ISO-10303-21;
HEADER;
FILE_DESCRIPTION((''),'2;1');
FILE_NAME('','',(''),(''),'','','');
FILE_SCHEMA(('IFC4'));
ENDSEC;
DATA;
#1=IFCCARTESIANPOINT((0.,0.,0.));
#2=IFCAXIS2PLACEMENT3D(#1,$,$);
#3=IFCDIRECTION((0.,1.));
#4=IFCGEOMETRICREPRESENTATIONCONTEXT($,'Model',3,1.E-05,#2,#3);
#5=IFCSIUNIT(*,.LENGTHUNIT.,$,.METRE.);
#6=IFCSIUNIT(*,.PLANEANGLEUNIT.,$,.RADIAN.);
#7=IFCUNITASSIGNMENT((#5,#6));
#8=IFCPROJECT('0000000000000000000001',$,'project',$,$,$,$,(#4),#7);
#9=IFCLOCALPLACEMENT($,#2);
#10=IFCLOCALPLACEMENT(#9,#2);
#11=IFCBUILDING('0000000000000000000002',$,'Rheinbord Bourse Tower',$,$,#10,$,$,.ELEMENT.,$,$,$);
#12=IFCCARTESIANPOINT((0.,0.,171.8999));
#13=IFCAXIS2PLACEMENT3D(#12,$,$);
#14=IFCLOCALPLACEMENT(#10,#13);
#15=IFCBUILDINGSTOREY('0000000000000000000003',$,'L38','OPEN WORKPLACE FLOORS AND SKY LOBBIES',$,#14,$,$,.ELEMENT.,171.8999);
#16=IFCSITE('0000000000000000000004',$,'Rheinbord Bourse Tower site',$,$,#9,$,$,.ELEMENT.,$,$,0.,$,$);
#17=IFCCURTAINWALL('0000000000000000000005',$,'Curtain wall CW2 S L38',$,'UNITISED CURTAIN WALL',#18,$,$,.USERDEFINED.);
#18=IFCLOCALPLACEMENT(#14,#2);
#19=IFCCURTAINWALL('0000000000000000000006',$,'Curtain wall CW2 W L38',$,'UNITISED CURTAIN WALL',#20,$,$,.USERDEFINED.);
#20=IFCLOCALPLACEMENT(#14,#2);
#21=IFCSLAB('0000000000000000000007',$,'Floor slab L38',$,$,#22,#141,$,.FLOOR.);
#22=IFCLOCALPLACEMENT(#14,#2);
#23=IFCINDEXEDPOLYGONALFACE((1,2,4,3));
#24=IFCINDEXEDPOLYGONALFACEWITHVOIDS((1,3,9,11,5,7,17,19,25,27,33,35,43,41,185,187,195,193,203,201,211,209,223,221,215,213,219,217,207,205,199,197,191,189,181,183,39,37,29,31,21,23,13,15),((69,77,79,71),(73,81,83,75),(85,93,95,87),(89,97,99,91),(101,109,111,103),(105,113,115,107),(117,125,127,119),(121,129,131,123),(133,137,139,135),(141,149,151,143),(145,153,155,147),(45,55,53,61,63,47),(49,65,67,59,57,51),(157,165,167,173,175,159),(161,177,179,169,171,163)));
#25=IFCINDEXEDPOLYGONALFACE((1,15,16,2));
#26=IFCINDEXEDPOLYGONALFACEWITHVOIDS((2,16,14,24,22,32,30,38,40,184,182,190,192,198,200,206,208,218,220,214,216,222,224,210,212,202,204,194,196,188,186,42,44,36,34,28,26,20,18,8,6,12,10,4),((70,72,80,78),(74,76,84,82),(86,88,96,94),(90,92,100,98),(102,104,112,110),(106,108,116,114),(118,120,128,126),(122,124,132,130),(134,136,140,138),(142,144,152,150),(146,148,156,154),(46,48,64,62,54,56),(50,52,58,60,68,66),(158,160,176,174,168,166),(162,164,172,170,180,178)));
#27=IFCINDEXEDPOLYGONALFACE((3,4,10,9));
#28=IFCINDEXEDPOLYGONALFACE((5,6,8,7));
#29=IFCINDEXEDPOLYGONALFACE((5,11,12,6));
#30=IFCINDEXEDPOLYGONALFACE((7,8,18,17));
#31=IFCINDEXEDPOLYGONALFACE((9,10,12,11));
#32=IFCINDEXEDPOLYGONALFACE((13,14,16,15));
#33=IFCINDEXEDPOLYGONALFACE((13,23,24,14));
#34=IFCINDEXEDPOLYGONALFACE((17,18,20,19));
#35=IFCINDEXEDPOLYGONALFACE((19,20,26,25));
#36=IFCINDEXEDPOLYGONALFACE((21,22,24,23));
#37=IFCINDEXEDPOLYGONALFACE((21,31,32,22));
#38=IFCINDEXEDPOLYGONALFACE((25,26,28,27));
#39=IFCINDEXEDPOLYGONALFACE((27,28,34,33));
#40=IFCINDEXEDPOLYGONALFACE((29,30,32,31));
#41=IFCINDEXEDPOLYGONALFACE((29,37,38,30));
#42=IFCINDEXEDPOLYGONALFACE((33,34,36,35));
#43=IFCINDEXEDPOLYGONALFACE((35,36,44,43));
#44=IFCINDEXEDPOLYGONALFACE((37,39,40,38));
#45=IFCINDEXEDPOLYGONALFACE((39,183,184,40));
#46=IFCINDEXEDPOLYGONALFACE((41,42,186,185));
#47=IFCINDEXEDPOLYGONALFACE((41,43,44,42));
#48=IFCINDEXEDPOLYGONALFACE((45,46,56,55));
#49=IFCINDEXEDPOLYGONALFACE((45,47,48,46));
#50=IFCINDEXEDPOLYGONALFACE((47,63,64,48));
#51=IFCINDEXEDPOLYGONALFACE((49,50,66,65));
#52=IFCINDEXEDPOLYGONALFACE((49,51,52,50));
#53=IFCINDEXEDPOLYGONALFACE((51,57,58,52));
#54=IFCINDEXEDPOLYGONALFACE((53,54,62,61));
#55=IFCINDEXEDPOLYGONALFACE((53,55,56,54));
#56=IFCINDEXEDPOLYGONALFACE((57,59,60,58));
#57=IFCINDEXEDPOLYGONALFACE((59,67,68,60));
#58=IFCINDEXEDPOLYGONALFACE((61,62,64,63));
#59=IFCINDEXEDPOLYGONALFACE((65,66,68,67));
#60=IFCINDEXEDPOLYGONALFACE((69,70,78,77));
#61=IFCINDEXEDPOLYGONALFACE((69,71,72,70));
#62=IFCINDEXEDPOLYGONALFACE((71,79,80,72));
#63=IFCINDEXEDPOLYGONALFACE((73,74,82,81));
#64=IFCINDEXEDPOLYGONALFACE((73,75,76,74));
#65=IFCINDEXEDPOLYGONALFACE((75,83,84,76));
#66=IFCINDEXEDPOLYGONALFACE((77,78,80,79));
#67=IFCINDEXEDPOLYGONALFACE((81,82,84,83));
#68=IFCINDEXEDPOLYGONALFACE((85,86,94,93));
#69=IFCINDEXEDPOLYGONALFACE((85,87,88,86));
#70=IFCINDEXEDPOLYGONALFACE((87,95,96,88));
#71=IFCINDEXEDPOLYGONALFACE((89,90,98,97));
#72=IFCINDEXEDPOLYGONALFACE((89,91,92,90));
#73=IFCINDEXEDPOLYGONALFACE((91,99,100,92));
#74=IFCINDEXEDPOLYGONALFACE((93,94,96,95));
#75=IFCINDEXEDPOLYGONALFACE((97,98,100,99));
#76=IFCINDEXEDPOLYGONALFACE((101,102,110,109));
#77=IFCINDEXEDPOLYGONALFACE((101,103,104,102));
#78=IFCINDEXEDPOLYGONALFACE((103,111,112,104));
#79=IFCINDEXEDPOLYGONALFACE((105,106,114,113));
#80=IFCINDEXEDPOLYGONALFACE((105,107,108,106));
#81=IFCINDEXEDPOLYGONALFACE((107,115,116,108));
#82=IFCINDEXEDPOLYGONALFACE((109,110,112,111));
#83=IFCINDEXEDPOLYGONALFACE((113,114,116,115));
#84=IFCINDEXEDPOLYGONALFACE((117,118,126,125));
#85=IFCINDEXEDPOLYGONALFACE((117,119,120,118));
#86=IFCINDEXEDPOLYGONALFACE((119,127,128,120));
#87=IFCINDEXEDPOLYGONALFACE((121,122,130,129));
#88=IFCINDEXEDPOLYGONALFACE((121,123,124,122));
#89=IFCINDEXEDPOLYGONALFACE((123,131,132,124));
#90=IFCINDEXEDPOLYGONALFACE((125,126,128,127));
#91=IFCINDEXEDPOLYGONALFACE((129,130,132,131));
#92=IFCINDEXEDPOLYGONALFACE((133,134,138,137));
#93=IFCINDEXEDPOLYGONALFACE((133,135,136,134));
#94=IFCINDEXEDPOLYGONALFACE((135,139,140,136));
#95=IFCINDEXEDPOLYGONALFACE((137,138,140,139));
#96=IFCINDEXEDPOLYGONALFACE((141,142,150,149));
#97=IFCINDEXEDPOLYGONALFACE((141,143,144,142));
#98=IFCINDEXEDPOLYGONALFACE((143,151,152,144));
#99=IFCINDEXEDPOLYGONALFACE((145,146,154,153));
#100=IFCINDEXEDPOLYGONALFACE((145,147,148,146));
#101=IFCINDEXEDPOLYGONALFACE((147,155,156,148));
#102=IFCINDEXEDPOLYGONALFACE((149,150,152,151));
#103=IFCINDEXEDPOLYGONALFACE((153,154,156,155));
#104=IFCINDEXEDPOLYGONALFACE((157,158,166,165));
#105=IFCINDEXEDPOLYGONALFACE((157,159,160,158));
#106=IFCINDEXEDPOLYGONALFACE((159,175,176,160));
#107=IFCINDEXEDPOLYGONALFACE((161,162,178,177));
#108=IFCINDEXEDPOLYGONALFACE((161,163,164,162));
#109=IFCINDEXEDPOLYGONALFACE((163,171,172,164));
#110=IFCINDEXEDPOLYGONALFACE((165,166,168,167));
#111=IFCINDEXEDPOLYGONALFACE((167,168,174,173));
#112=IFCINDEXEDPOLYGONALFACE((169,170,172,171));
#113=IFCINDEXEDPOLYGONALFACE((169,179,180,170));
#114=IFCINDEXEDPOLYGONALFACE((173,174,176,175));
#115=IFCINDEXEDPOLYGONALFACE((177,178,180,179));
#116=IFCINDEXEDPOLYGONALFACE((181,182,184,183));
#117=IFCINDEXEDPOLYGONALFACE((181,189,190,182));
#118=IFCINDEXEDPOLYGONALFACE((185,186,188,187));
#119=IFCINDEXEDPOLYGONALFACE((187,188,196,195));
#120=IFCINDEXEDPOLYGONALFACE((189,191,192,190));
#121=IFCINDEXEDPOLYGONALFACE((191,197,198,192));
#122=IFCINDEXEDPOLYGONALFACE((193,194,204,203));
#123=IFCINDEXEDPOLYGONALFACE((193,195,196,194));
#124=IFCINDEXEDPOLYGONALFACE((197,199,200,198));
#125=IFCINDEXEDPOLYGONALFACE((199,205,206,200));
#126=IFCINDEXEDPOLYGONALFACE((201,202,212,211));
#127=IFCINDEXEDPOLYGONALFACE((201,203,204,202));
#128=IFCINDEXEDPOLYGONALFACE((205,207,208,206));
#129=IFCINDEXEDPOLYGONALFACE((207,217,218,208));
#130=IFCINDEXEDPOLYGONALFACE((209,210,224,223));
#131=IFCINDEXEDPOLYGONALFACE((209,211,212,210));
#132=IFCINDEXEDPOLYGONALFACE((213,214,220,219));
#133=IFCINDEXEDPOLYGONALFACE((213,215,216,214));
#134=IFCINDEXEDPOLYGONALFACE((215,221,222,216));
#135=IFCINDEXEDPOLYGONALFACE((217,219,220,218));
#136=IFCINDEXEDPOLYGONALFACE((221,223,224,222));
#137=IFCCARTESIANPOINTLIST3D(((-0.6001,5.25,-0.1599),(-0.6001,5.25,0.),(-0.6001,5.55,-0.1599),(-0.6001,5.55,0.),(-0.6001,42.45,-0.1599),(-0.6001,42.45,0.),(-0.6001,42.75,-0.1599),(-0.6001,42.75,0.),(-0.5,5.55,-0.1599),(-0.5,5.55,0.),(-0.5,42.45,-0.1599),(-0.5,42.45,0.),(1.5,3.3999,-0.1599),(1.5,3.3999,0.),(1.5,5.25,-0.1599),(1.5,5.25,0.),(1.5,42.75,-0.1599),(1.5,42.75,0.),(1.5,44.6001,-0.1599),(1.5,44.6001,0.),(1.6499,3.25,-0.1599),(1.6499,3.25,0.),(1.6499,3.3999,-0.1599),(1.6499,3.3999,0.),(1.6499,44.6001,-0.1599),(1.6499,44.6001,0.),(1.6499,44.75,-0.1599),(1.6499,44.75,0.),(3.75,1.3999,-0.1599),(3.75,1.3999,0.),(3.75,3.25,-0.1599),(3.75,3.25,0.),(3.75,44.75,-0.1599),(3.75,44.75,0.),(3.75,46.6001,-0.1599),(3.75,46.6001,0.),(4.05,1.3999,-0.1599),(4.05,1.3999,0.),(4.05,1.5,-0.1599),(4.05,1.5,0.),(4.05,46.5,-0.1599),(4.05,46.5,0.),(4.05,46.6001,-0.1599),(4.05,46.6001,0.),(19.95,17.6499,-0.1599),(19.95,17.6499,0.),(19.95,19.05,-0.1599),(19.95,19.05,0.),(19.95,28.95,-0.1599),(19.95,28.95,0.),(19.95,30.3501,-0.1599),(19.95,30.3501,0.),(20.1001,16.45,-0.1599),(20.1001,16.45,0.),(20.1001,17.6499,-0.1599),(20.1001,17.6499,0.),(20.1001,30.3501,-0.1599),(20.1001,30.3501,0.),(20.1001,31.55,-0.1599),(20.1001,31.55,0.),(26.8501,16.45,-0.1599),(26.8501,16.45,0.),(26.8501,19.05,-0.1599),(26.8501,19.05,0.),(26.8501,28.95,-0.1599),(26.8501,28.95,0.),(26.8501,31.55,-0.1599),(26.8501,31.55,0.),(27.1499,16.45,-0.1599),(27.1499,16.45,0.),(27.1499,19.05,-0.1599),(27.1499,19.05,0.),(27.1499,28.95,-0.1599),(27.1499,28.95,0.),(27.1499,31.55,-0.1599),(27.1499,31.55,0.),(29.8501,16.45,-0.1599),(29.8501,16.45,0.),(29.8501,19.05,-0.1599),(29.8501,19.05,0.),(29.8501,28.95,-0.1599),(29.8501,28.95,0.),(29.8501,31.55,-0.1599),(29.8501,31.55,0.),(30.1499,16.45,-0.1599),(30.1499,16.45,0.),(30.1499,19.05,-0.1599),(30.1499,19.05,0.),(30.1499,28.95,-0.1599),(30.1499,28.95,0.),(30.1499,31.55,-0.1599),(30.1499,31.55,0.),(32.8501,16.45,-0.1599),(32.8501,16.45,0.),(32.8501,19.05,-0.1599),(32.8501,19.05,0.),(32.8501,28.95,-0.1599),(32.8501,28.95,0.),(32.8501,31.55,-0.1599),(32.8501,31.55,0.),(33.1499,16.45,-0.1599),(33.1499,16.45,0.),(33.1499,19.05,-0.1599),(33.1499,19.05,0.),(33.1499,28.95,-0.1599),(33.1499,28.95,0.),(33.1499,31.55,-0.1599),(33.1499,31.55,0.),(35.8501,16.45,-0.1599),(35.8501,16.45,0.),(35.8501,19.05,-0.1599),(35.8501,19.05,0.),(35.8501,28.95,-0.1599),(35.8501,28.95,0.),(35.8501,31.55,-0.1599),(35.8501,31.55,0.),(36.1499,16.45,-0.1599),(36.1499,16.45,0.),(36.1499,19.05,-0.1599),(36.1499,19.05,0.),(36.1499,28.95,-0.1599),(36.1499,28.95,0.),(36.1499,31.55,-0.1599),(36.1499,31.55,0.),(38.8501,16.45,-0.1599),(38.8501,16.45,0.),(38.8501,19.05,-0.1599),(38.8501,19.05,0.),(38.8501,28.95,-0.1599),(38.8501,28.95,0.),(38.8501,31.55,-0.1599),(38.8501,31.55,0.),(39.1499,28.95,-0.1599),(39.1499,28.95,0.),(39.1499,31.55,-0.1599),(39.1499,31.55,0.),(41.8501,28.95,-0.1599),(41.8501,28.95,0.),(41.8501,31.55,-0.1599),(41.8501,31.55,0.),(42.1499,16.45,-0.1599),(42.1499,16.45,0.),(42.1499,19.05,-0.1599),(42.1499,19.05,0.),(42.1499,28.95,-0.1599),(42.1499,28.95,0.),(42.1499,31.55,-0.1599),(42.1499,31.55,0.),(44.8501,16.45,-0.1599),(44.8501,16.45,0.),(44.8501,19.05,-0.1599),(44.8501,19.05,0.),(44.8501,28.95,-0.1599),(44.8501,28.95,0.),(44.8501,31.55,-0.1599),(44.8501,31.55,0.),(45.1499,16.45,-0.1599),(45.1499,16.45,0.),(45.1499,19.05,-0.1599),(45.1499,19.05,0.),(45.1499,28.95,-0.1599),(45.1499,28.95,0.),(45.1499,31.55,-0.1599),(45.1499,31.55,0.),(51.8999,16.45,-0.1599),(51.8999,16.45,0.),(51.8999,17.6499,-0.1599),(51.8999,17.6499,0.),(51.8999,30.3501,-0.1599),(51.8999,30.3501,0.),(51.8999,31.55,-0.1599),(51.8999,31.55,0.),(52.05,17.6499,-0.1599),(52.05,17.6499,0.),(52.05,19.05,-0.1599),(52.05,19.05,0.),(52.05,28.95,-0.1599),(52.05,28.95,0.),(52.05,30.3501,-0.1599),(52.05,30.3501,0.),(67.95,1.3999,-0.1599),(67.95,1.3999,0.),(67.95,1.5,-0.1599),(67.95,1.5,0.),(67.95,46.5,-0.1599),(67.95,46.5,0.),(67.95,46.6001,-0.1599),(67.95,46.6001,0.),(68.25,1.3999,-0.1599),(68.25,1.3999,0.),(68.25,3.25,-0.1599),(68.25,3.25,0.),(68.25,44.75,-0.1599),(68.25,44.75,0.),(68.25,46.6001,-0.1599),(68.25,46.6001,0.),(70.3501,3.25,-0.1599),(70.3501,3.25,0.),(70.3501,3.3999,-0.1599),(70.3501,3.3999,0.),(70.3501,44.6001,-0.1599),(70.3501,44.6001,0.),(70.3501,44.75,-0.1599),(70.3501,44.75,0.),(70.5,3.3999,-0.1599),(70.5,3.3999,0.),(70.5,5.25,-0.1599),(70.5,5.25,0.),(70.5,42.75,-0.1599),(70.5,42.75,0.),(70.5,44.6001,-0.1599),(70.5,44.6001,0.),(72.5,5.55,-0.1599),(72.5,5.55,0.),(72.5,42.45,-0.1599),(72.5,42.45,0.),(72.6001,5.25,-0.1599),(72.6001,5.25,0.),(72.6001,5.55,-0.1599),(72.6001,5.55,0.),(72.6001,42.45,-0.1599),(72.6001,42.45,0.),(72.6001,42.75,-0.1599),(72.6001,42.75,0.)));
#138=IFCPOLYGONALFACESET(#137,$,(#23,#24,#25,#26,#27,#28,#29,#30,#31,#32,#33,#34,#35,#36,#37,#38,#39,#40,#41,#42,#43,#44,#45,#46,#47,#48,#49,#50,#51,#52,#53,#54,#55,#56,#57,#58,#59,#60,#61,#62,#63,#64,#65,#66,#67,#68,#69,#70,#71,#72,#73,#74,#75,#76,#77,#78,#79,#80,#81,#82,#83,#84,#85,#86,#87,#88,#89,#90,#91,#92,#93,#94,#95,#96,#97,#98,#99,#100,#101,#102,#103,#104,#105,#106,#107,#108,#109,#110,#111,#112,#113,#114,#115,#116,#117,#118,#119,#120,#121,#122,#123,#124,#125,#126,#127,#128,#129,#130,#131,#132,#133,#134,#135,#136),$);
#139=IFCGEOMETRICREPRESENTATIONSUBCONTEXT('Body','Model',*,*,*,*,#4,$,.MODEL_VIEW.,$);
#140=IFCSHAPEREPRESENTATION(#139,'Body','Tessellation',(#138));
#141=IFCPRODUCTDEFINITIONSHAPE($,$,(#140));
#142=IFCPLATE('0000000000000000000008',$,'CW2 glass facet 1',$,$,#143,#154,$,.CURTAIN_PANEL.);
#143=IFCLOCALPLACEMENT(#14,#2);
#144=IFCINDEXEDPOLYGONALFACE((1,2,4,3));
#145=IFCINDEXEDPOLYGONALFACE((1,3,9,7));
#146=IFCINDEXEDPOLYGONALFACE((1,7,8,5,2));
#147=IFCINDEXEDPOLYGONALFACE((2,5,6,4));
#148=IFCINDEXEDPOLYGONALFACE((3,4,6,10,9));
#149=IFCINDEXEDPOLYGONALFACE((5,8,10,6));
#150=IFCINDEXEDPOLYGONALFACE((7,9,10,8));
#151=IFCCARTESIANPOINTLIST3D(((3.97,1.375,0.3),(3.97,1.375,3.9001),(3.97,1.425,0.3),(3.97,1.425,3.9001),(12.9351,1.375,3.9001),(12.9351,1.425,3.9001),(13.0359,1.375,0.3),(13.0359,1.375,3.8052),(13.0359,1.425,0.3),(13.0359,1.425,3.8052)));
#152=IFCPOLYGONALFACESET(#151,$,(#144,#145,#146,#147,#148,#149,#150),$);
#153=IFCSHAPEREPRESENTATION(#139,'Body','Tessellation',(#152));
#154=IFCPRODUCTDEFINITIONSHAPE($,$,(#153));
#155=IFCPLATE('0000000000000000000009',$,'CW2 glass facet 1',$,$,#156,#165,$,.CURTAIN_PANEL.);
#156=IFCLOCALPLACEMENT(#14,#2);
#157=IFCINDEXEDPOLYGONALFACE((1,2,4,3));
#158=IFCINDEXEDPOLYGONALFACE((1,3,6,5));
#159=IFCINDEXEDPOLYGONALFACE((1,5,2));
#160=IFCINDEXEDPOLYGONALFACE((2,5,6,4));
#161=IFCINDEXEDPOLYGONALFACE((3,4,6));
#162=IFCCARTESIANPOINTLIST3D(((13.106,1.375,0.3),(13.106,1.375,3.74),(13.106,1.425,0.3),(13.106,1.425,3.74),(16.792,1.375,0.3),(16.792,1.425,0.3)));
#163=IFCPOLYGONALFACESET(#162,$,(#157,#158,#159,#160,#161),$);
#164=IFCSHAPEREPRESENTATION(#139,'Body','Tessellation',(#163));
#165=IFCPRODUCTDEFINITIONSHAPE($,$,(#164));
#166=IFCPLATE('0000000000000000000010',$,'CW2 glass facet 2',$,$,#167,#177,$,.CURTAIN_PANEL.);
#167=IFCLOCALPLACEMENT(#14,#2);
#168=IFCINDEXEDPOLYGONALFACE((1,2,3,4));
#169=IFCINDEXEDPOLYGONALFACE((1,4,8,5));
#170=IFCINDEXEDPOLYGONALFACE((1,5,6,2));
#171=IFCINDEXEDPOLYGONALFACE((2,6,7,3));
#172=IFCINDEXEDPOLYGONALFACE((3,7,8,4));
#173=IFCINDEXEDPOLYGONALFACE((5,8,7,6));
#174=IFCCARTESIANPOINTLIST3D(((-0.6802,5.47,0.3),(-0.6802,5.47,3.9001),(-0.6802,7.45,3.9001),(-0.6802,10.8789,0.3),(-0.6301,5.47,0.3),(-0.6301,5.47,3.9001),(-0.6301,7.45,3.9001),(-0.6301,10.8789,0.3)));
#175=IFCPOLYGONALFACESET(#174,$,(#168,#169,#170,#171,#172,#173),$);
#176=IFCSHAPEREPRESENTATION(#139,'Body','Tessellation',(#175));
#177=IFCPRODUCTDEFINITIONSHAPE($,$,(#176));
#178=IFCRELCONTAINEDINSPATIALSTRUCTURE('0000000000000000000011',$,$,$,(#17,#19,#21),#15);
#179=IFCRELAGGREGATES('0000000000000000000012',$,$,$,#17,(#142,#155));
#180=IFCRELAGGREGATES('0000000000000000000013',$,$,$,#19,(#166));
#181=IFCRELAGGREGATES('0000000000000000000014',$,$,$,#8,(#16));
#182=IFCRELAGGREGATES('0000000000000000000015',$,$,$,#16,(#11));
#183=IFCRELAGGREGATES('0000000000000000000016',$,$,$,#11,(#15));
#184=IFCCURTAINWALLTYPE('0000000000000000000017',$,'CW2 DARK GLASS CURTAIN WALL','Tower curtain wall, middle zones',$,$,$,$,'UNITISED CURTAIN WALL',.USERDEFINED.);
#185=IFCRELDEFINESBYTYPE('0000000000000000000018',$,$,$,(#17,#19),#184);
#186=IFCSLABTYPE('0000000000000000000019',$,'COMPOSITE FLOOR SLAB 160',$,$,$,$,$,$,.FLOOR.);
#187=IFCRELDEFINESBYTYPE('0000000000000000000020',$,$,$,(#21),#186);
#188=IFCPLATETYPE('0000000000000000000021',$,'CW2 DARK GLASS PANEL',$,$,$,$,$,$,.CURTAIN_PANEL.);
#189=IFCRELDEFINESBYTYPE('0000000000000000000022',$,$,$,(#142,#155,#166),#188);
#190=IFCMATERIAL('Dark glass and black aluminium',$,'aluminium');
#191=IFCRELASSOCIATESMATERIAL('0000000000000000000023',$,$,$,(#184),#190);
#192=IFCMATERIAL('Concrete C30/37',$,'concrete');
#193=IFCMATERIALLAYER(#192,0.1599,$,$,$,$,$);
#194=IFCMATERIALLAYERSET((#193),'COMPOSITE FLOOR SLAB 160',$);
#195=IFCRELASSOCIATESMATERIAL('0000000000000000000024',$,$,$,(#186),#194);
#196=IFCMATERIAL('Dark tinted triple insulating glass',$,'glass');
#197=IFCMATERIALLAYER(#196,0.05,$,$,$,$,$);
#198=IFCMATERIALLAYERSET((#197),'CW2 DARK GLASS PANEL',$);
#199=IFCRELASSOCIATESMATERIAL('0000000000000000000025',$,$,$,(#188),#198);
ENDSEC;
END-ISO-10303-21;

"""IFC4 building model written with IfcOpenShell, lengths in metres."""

from ifc_helpers import new_model, si_unit, direction, frame, origin, place, context, subcontext, project, spatial, polyline, outline, extrude, material, layer, layer_set, type_object, element, aggregate, save


model = new_model("IFC4")

# Units and contexts
model_context = context("Model", 3, precision=1e-05, world=origin(), true_north=direction((0.0, 1.0)))
body_context = subcontext(model_context, "Body", "Model", "MODEL_VIEW")
ifc_project = project(units=[si_unit("LENGTHUNIT", "METRE"), si_unit("PLANEANGLEUNIT", "RADIAN")], contexts=[model_context])

# Site, building, storey
site_placement = place(None, origin())
site = spatial("IfcSite", under=ifc_project, at=site_placement, Name="Rheinbord Bourse Tower site", CompositionType="ELEMENT", RefElevation=0.0)
building_placement = place(site_placement, origin())
building = spatial("IfcBuilding", under=site, at=building_placement, Name="Rheinbord Bourse Tower", CompositionType="ELEMENT")
storey_placement = place(building_placement, frame((0.0, 0.0, 171.8999)))
storey = spatial("IfcBuildingStorey", under=building, at=storey_placement, Name="L38", Description="OPEN WORKPLACE FLOORS AND SKY LOBBIES", CompositionType="ELEMENT", Elevation=171.8999)

# Curtain wall
ifc_material_1 = material(Name="Dark glass and black aluminium", Category="aluminium")
curtain_wall_type = type_object("IfcCurtainWallType", Name="CW2 DARK GLASS CURTAIN WALL", Description="Tower curtain wall, middle zones", ElementType="UNITISED CURTAIN WALL", PredefinedType="USERDEFINED", material=ifc_material_1)
curtain_wall_1_placement = place(storey_placement, origin())
curtain_wall_1 = element("IfcCurtainWall", 1, at=curtain_wall_1_placement, inside=storey, type_object=curtain_wall_type, Name="Curtain wall CW2 S L38", ObjectType="UNITISED CURTAIN WALL", PredefinedType="USERDEFINED")

# Curtain wall
curtain_wall_2_placement = place(storey_placement, origin())
curtain_wall_2 = element("IfcCurtainWall", 2, at=curtain_wall_2_placement, inside=storey, type_object=curtain_wall_type, Name="Curtain wall CW2 W L38", ObjectType="UNITISED CURTAIN WALL", PredefinedType="USERDEFINED")

# Slab
ifc_material_2 = material(Name="Concrete C30/37", Category="concrete")
ifc_layer_1 = layer(ifc_material_2, 0.1599)
ifc_layer_set_1 = layer_set([ifc_layer_1], Name="COMPOSITE FLOOR SLAB 160")
slab_type_1 = type_object("IfcSlabType", Name="COMPOSITE FLOOR SLAB 160", PredefinedType="FLOOR", material=ifc_layer_set_1)
slab_1_placement = place(storey_placement, frame((0.0, 0.0, -0.1599)))
element("IfcSlab", 3, at=slab_1_placement, inside=storey, type_object=slab_type_1, Name="Floor slab L38", PredefinedType="FLOOR", context=body_context, shape_type="SweptSolid", body=[
    extrude(outline(polyline([(1.6499, 3.3999), (1.5, 3.3999), (1.5, 5.25), (-0.6001, 5.25), (-0.6001, 5.55), (-0.5, 5.55), (-0.5, 42.45), (-0.6001, 42.45), (-0.6001, 42.75), (1.5, 42.75), (1.5, 44.6001), (1.6499, 44.6001), (1.6499, 44.75), (3.75, 44.75), (3.75, 46.6001), (4.05, 46.6001), (4.05, 46.5), (67.95, 46.5), (67.95, 46.6001), (68.25, 46.6001), (68.25, 44.75), (70.3501, 44.75), (70.3501, 44.6001), (70.5, 44.6001), (70.5, 42.75), (72.6001, 42.75), (72.6001, 42.45), (72.5, 42.45), (72.5, 5.55), (72.6001, 5.55), (72.6001, 5.25), (70.5, 5.25), (70.5, 3.3999), (70.3501, 3.3999), (70.3501, 3.25), (68.25, 3.25), (68.25, 1.3999), (67.95, 1.3999), (67.95, 1.5), (4.05, 1.5), (4.05, 1.3999), (3.75, 1.3999), (3.75, 3.25), (1.6499, 3.25), (1.6499, 3.3999)]), holes=[polyline([(19.95, 19.05), (26.8501, 19.05), (26.8501, 16.45), (20.1001, 16.45), (20.1001, 17.6499), (19.95, 17.6499), (19.95, 19.05)]), polyline([(26.8501, 31.55), (26.8501, 28.95), (19.95, 28.95), (19.95, 30.3501), (20.1001, 30.3501), (20.1001, 31.55), (26.8501, 31.55)]), polyline([(45.1499, 16.45), (45.1499, 19.05), (52.05, 19.05), (52.05, 17.6499), (51.8999, 17.6499), (51.8999, 16.45), (45.1499, 16.45)]), polyline([(52.05, 28.95), (45.1499, 28.95), (45.1499, 31.55), (51.8999, 31.55), (51.8999, 30.3501), (52.05, 30.3501), (52.05, 28.95)]), polyline([(27.1499, 16.45), (27.1499, 19.05), (29.8501, 19.05), (29.8501, 16.45), (27.1499, 16.45)]), polyline([(27.1499, 28.95), (27.1499, 31.55), (29.8501, 31.55), (29.8501, 28.95), (27.1499, 28.95)]), polyline([(30.1499, 16.45), (30.1499, 19.05), (32.8501, 19.05), (32.8501, 16.45), (30.1499, 16.45)]), polyline([(30.1499, 28.95), (30.1499, 31.55), (32.8501, 31.55), (32.8501, 28.95), (30.1499, 28.95)]), polyline([(33.1499, 16.45), (33.1499, 19.05), (35.8501, 19.05), (35.8501, 16.45), (33.1499, 16.45)]), polyline([(33.1499, 28.95), (33.1499, 31.55), (35.8501, 31.55), (35.8501, 28.95), (33.1499, 28.95)]), polyline([(36.1499, 16.45), (36.1499, 19.05), (38.8501, 19.05), (38.8501, 16.45), (36.1499, 16.45)]), polyline([(36.1499, 28.95), (36.1499, 31.55), (38.8501, 31.55), (38.8501, 28.95), (36.1499, 28.95)]), polyline([(39.1499, 28.95), (39.1499, 31.55), (41.8501, 31.55), (41.8501, 28.95), (39.1499, 28.95)]), polyline([(42.1499, 16.45), (42.1499, 19.05), (44.8501, 19.05), (44.8501, 16.45), (42.1499, 16.45)]), polyline([(42.1499, 28.95), (42.1499, 31.55), (44.8501, 31.55), (44.8501, 28.95), (42.1499, 28.95)])]), origin(), (0.0, 0.0, 1.0), 0.1599),
])

# Plates
ifc_material_3 = material(Name="Dark tinted triple insulating glass", Category="glass")
ifc_layer_2 = layer(ifc_material_3, 0.05)
ifc_layer_set_2 = layer_set([ifc_layer_2], Name="CW2 DARK GLASS PANEL")
plate_type = type_object("IfcPlateType", Name="CW2 DARK GLASS PANEL", PredefinedType="CURTAIN_PANEL", material=ifc_layer_set_2)
plate_1_placement = place(storey_placement, frame((13.0359, 1.375, 0.3), z_axis=(0.0, 1.0, 0.0), x_axis=(-1.0, 0.0, 0.0)))
plate_1 = element("IfcPlate", 4, at=plate_1_placement, type_object=plate_type, Name="CW2 glass facet 1", PredefinedType="CURTAIN_PANEL", context=body_context, shape_type="SweptSolid", body=[
    extrude(outline(polyline([(0.0, 0.0), (9.0659, 0.0), (9.0659, 3.6001), (0.1008, 3.6001), (0.0, 3.5051), (0.0, 0.0)])), origin(), (0.0, 0.0, 1.0), 0.05),
])
plate_2_placement = place(storey_placement, frame((13.106, 1.375, 0.3), z_axis=(0.0, 1.0, 0.0), x_axis=(0.0, 0.0, 1.0)))
plate_2 = element("IfcPlate", 5, at=plate_2_placement, type_object=plate_type, Name="CW2 glass facet 1", PredefinedType="CURTAIN_PANEL", context=body_context, shape_type="SweptSolid", body=[
    extrude(outline(polyline([(0.0, 0.0), (3.4399, 0.0), (0.0, 3.686), (0.0, 0.0)])), origin(), (0.0, 0.0, 1.0), 0.05),
])
aggregate(curtain_wall_1, [plate_1, plate_2])
plate_3_placement = place(storey_placement, frame((-0.6802, 5.47, 3.9001), z_axis=(1.0, 0.0, 0.0), x_axis=(0.0, 0.0, -1.0)))
plate_3 = element("IfcPlate", 6, at=plate_3_placement, type_object=plate_type, Name="CW2 glass facet 2", PredefinedType="CURTAIN_PANEL", context=body_context, shape_type="SweptSolid", body=[
    extrude(outline(polyline([(0.0, 0.0), (3.6001, 0.0), (3.6001, 5.4089), (0.0, 1.98), (0.0, 0.0)])), origin(), (0.0, 0.0, 1.0), 0.05),
])
aggregate(curtain_wall_2, [plate_3])

save(model, "model.ifc")
